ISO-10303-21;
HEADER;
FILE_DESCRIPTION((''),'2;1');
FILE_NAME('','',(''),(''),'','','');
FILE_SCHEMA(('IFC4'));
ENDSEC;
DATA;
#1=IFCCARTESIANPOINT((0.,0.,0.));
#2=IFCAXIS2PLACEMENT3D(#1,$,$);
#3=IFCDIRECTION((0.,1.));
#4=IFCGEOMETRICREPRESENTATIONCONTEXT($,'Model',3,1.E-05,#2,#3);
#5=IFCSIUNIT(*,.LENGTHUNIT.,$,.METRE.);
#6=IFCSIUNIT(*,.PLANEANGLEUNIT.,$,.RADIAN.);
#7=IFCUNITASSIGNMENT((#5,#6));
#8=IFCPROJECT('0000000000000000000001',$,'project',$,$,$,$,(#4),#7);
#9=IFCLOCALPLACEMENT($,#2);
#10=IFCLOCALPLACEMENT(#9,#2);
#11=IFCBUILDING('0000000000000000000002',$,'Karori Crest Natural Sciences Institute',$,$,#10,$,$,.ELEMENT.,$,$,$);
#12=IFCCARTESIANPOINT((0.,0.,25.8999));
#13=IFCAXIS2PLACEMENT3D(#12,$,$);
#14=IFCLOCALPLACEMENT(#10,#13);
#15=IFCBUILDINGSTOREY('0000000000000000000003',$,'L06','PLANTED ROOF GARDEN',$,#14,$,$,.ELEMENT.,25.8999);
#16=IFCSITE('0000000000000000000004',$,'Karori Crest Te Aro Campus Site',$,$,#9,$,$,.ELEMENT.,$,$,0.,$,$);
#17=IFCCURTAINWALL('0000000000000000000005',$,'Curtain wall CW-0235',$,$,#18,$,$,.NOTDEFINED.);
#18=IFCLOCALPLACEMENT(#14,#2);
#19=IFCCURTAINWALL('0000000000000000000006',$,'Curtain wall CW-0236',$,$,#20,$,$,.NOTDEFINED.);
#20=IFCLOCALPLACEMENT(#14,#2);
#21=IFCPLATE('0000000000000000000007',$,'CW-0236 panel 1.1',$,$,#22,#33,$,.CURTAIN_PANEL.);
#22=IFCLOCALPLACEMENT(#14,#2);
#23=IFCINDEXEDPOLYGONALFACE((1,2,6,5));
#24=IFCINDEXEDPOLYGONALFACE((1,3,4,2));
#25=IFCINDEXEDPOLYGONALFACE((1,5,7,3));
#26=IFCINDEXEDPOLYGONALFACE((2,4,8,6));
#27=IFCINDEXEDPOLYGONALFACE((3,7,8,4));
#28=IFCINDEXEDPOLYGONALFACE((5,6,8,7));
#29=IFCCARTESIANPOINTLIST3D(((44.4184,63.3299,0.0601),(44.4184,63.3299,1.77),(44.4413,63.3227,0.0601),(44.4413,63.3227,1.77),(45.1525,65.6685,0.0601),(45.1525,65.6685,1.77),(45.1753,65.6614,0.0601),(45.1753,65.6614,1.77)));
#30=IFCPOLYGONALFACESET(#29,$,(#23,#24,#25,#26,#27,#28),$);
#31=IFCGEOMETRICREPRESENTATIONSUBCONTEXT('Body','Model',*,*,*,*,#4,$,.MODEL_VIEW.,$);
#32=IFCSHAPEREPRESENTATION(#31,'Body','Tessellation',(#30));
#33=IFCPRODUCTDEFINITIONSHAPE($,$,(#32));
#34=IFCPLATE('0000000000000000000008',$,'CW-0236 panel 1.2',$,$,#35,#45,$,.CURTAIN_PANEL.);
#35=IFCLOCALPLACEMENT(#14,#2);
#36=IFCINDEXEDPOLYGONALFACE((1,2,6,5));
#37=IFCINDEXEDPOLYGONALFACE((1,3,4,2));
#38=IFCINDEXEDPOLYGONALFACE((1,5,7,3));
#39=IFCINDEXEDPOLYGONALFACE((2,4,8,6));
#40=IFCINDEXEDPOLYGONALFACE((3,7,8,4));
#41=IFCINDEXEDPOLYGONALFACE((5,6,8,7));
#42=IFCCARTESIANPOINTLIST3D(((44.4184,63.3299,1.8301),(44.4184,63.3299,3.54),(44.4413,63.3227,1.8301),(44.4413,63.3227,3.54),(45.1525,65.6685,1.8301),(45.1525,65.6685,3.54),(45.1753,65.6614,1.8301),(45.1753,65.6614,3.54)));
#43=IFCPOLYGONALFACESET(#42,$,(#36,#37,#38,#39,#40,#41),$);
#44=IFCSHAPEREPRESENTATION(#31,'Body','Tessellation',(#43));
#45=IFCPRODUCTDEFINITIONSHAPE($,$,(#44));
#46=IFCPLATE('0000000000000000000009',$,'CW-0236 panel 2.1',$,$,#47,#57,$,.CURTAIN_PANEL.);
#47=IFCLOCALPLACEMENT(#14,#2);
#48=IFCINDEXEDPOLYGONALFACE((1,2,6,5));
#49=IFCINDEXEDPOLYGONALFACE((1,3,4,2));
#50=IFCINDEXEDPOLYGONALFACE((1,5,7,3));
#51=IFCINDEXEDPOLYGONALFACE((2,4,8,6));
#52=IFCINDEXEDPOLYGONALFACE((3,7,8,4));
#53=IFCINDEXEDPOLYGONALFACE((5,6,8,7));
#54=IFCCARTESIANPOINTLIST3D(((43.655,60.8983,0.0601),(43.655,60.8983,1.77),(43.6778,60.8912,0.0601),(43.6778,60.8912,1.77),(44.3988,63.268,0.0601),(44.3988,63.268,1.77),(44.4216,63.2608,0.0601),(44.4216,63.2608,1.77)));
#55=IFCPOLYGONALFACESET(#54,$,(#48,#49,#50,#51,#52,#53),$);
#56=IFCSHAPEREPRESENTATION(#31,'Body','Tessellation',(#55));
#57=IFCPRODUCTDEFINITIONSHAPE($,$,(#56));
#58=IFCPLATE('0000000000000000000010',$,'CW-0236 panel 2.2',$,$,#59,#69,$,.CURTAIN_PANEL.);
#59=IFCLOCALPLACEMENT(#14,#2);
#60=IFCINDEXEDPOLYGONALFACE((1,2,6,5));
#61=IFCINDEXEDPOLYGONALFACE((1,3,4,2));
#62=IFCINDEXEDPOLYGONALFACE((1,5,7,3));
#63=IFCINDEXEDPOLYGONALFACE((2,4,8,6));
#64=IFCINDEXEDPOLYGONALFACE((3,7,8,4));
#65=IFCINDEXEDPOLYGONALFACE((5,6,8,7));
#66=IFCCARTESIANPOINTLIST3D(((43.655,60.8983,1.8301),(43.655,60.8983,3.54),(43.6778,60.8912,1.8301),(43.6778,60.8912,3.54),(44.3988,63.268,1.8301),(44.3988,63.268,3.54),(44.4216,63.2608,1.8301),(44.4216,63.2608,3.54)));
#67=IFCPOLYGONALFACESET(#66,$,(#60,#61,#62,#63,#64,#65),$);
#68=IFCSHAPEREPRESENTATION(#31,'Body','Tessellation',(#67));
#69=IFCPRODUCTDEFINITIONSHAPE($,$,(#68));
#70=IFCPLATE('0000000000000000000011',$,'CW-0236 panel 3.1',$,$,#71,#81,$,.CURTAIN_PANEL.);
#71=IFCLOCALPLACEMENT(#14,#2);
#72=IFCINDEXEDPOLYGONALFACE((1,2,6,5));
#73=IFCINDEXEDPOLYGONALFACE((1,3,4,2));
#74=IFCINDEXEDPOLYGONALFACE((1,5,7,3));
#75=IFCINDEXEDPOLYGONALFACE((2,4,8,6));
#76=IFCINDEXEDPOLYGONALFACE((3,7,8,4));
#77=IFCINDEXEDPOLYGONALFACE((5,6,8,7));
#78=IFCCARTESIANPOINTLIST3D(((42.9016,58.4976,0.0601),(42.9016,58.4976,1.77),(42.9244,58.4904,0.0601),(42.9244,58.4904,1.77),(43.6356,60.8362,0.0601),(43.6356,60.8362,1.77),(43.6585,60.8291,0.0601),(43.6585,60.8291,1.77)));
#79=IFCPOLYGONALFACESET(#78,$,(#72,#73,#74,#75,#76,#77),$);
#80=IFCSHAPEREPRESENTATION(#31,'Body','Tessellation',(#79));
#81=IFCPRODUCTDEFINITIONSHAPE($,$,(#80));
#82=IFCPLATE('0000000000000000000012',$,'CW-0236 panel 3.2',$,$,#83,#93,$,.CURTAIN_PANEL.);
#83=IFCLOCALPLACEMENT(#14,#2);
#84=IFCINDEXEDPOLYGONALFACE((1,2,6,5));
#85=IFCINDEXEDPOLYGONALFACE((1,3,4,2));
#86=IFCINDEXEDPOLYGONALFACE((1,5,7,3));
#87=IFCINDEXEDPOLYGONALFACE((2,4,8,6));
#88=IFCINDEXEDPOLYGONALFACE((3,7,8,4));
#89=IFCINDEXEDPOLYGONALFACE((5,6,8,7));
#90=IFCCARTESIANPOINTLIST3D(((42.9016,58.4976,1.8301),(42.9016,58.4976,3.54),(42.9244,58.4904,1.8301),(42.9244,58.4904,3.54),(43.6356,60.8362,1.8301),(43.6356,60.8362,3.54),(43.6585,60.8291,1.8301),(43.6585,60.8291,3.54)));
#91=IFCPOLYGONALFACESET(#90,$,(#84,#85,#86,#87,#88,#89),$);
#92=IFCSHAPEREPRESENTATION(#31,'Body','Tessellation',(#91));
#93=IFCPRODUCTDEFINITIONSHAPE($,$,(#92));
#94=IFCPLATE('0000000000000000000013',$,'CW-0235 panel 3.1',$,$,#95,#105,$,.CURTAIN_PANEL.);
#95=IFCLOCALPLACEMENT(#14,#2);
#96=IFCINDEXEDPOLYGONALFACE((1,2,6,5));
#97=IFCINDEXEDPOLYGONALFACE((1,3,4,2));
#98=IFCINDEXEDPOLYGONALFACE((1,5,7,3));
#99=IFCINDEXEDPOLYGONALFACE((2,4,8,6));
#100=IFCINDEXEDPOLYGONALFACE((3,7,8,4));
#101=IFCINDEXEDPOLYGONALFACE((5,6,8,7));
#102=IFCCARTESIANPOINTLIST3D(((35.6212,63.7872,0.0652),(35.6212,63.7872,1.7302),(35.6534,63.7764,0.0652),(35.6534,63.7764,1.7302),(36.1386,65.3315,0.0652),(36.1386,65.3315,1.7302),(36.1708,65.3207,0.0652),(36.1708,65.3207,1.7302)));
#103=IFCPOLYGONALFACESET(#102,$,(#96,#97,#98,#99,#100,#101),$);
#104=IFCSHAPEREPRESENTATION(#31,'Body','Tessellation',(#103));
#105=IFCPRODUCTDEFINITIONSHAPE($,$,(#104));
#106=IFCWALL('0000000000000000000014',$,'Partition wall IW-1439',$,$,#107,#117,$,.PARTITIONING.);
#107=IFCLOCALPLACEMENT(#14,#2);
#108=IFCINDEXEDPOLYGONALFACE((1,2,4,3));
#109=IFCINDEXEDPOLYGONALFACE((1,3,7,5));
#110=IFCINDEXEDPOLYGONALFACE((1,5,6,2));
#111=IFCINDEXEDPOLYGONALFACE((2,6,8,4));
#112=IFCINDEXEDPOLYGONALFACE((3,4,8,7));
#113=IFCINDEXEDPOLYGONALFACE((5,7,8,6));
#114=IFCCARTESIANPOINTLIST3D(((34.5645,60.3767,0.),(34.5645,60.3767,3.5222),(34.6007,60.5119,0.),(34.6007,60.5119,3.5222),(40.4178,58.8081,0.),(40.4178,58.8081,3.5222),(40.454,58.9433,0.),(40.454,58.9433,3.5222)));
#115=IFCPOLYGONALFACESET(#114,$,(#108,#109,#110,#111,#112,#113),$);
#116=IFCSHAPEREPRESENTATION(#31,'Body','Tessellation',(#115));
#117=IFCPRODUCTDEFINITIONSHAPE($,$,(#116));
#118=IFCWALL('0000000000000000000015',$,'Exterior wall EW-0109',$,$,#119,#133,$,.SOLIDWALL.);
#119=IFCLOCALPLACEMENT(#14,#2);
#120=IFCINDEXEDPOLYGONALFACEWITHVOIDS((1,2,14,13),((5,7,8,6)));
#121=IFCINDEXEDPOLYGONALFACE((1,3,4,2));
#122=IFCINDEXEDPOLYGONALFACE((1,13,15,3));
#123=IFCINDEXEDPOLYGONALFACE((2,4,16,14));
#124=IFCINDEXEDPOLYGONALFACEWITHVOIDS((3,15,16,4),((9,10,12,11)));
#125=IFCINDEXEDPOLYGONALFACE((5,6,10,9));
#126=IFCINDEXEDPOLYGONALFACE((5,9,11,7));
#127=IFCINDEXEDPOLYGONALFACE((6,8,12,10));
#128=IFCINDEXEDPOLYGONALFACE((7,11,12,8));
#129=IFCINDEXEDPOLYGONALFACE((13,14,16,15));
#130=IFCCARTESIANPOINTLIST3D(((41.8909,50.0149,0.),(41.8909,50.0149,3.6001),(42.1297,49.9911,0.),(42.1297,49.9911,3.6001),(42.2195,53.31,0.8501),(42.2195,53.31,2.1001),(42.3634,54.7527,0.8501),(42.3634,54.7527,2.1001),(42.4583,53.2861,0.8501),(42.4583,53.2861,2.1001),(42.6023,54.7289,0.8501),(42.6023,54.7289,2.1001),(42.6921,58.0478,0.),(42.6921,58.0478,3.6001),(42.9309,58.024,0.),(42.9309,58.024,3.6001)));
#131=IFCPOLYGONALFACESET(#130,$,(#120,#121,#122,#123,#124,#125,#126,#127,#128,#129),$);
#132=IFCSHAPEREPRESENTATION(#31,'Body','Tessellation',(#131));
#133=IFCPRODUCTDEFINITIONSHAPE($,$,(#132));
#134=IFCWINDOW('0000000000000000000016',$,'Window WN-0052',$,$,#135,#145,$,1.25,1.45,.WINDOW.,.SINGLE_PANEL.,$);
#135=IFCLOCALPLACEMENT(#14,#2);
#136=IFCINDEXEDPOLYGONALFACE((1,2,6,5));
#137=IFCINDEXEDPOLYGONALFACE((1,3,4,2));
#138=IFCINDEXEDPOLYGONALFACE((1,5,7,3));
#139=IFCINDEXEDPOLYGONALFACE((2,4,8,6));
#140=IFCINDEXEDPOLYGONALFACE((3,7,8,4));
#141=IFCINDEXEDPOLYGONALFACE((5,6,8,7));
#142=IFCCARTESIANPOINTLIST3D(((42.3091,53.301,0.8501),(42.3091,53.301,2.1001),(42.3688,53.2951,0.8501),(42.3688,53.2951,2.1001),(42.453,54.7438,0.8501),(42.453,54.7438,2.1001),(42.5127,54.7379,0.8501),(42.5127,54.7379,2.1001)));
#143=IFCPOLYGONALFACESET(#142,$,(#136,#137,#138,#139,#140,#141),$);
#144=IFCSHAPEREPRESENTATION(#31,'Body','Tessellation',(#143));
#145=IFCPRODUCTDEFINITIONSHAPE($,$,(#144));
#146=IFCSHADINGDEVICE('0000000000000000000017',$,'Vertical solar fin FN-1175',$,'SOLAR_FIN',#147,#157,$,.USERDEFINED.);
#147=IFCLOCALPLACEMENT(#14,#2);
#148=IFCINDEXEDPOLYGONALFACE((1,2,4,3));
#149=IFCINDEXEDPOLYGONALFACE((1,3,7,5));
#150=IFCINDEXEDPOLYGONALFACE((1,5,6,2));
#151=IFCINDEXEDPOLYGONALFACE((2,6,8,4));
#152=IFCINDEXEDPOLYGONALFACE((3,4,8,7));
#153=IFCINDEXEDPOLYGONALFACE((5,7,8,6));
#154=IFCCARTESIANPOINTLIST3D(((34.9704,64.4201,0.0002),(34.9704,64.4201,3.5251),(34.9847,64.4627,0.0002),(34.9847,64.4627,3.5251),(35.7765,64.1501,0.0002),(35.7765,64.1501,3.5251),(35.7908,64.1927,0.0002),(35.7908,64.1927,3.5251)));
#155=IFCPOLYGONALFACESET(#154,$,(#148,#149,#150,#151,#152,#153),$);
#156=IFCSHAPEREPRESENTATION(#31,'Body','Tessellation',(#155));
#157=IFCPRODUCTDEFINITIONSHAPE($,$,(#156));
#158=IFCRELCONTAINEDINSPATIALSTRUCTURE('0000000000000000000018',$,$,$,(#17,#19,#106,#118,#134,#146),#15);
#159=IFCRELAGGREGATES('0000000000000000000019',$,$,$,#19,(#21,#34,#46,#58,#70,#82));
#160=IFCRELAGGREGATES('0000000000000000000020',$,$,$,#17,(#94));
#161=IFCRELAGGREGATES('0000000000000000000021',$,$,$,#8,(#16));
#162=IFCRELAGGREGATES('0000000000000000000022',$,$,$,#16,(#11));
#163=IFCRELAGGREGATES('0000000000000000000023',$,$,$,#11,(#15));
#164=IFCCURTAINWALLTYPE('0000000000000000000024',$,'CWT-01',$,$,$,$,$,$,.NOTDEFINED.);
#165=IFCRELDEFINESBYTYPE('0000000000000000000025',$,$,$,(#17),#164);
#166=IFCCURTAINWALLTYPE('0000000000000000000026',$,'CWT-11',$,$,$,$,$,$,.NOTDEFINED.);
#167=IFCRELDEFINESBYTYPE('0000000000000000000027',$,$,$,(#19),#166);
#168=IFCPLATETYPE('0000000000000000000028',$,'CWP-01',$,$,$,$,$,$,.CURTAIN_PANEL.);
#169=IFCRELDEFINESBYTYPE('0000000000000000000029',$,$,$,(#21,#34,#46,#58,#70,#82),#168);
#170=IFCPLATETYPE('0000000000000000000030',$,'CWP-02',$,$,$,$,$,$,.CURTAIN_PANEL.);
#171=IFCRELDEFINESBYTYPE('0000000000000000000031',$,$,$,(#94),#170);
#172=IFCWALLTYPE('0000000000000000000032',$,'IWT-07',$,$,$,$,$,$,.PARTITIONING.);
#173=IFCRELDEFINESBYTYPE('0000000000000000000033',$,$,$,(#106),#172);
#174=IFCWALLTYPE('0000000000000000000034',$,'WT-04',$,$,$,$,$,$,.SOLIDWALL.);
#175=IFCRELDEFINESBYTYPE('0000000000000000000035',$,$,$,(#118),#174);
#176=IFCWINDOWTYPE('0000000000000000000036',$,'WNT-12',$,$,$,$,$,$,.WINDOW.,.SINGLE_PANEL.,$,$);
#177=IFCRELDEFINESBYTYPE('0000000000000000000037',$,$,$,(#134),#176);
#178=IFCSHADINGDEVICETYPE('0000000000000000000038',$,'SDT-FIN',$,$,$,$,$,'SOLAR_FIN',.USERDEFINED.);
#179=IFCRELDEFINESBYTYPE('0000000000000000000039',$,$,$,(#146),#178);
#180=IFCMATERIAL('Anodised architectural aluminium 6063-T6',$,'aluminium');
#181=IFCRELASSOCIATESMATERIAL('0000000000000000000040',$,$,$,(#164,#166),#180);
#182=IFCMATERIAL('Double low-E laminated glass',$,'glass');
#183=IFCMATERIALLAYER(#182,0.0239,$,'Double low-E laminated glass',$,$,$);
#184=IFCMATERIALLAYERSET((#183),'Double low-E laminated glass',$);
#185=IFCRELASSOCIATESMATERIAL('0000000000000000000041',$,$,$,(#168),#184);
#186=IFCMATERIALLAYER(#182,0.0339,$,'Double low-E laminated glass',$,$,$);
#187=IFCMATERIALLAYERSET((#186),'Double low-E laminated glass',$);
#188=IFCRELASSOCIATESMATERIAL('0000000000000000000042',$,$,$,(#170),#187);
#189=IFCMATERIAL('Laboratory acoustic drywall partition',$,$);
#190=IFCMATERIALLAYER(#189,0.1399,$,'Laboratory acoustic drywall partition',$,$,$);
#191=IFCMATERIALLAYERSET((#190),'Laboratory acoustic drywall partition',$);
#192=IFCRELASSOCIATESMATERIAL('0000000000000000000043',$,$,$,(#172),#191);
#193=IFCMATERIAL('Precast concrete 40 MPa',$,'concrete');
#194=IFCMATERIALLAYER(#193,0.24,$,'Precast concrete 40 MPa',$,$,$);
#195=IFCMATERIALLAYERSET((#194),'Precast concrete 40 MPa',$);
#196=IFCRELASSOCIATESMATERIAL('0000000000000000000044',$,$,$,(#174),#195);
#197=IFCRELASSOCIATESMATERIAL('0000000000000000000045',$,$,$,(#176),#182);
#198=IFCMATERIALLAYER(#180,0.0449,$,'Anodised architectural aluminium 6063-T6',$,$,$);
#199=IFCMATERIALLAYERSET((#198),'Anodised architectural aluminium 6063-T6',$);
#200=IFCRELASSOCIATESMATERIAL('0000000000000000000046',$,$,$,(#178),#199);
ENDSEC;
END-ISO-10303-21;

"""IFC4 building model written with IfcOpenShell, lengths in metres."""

from ifc_helpers import new_model, si_unit, direction, frame, frame_2d, origin, origin_2d, place, context, subcontext, project, spatial, rectangle, extrude, material, layer, layer_set, type_object, element, fill, aggregate, save


model = new_model("IFC4")

# Units and contexts
model_context = context("Model", 3, precision=1e-05, world=origin(), true_north=direction((0.0, 1.0)))
body_context = subcontext(model_context, "Body", "Model", "MODEL_VIEW")
ifc_project = project(units=[si_unit("LENGTHUNIT", "METRE"), si_unit("PLANEANGLEUNIT", "RADIAN")], contexts=[model_context])

# Site, building, storey
site_placement = place(None, origin())
site = spatial("IfcSite", under=ifc_project, at=site_placement, Name="Karori Crest Te Aro Campus Site", CompositionType="ELEMENT", RefElevation=0.0)
building_placement = place(site_placement, origin())
building = spatial("IfcBuilding", under=site, at=building_placement, Name="Karori Crest Natural Sciences Institute", CompositionType="ELEMENT")
storey_placement = place(building_placement, frame((0.0, 0.0, 25.8999)))
storey = spatial("IfcBuildingStorey", under=building, at=storey_placement, Name="L06", Description="PLANTED ROOF GARDEN", CompositionType="ELEMENT", Elevation=25.8999)

# Curtain wall
ifc_material_1 = material(Name="Anodised architectural aluminium 6063-T6", Category="aluminium")
curtain_wall_type_1 = type_object("IfcCurtainWallType", Name="CWT-01", PredefinedType="NOTDEFINED", material=ifc_material_1)
curtain_wall_1_placement = place(storey_placement, origin())
curtain_wall_1 = element("IfcCurtainWall", 1, at=curtain_wall_1_placement, inside=storey, type_object=curtain_wall_type_1, Name="Curtain wall CW-0235", PredefinedType="NOTDEFINED")

# Curtain wall
curtain_wall_type_2 = type_object("IfcCurtainWallType", Name="CWT-11", PredefinedType="NOTDEFINED", material=ifc_material_1)
curtain_wall_2_placement = place(storey_placement, origin())
curtain_wall_2 = element("IfcCurtainWall", 2, at=curtain_wall_2_placement, inside=storey, type_object=curtain_wall_type_2, Name="Curtain wall CW-0236", PredefinedType="NOTDEFINED")

# Plates
ifc_material_2 = material(Name="Double low-E laminated glass", Category="glass")
ifc_layer_1 = layer(ifc_material_2, 0.0239, Name="Double low-E laminated glass")
ifc_layer_set_1 = layer_set([ifc_layer_1], Name="Double low-E laminated glass")
plate_type_1 = type_object("IfcPlateType", Name="CWP-01", PredefinedType="CURTAIN_PANEL", material=ifc_layer_set_1)
plate_1_placement = place(storey_placement, frame((44.7969, 64.4956, 0.0601), z_axis=(0.0, 0.0, 1.0), x_axis=(-0.299475, -0.954104, 0.0)))
plate_1 = element("IfcPlate", 3, at=plate_1_placement, type_object=plate_type_1, Name="CW-0236 panel 1.1", PredefinedType="CURTAIN_PANEL", context=body_context, shape_type="SweptSolid", body=[
    extrude(rectangle(XDim=2.4512, YDim=0.0239, at=origin_2d()), origin(), (0.0, 0.0, 1.0), 1.71),
])
plate_2_placement = place(storey_placement, frame((44.7969, 64.4956, 1.8301), z_axis=(0.0, 0.0, 1.0), x_axis=(-0.299475, -0.954104, 0.0)))
plate_2 = element("IfcPlate", 4, at=plate_2_placement, type_object=plate_type_1, Name="CW-0236 panel 1.2", PredefinedType="CURTAIN_PANEL", context=body_context, shape_type="SweptSolid", body=[
    extrude(rectangle(XDim=2.4512, YDim=0.0239, at=origin_2d()), origin(), (0.0, 0.0, 1.0), 1.71),
])
plate_3_placement = place(storey_placement, frame((44.0383, 62.0796, 0.0601), z_axis=(0.0, 0.0, 1.0), x_axis=(-0.299475, -0.954104, 0.0)))
plate_3 = element("IfcPlate", 5, at=plate_3_placement, type_object=plate_type_1, Name="CW-0236 panel 2.1", PredefinedType="CURTAIN_PANEL", context=body_context, shape_type="SweptSolid", body=[
    extrude(rectangle(XDim=2.4836, YDim=0.0239, at=origin_2d()), origin(), (0.0, 0.0, 1.0), 1.71),
])
plate_4_placement = place(storey_placement, frame((44.0383, 62.0796, 1.8301), z_axis=(0.0, 0.0, 1.0), x_axis=(-0.299475, -0.954104, 0.0)))
plate_4 = element("IfcPlate", 6, at=plate_4_placement, type_object=plate_type_1, Name="CW-0236 panel 2.2", PredefinedType="CURTAIN_PANEL", context=body_context, shape_type="SweptSolid", body=[
    extrude(rectangle(XDim=2.4836, YDim=0.0239, at=origin_2d()), origin(), (0.0, 0.0, 1.0), 1.71),
])
plate_5_placement = place(storey_placement, frame((43.28, 59.6633, 0.0601), z_axis=(0.0, 0.0, 1.0), x_axis=(-0.299475, -0.954104, 0.0)))
plate_5 = element("IfcPlate", 7, at=plate_5_placement, type_object=plate_type_1, Name="CW-0236 panel 3.1", PredefinedType="CURTAIN_PANEL", context=body_context, shape_type="SweptSolid", body=[
    extrude(rectangle(XDim=2.4512, YDim=0.0239, at=origin_2d()), origin(), (0.0, 0.0, 1.0), 1.71),
])
plate_6_placement = place(storey_placement, frame((43.28, 59.6633, 1.8301), z_axis=(0.0, 0.0, 1.0), x_axis=(-0.299475, -0.954104, 0.0)))
plate_6 = element("IfcPlate", 8, at=plate_6_placement, type_object=plate_type_1, Name="CW-0236 panel 3.2", PredefinedType="CURTAIN_PANEL", context=body_context, shape_type="SweptSolid", body=[
    extrude(rectangle(XDim=2.4512, YDim=0.0239, at=origin_2d()), origin(), (0.0, 0.0, 1.0), 1.71),
])
aggregate(curtain_wall_2, [plate_1, plate_2, plate_3, plate_4, plate_5, plate_6])
ifc_layer_2 = layer(ifc_material_2, 0.0339, Name="Double low-E laminated glass")
ifc_layer_set_2 = layer_set([ifc_layer_2], Name="Double low-E laminated glass")
plate_type_2 = type_object("IfcPlateType", Name="CWP-02", PredefinedType="CURTAIN_PANEL", material=ifc_layer_set_2)
plate_7_placement = place(storey_placement, frame((35.896, 64.554, 0.0652), z_axis=(0.0, 0.0, 1.0), x_axis=(0.31768, 0.948198, 0.0)))
plate_7 = element("IfcPlate", 9, at=plate_7_placement, type_object=plate_type_2, Name="CW-0235 panel 3.1", PredefinedType="CURTAIN_PANEL", context=body_context, shape_type="SweptSolid", body=[
    extrude(rectangle(XDim=1.6287, YDim=0.0339, at=origin_2d()), origin(), (0.0, 0.0, 1.0), 1.665),
])
aggregate(curtain_wall_1, [plate_7])

# Wall
ifc_material_3 = material(Name="Laboratory acoustic drywall partition")
ifc_layer_3 = layer(ifc_material_3, 0.1399, Name="Laboratory acoustic drywall partition")
ifc_layer_set_3 = layer_set([ifc_layer_3], Name="Laboratory acoustic drywall partition")
wall_type_1 = type_object("IfcWallType", Name="IWT-07", PredefinedType="PARTITIONING", material=ifc_layer_set_3)
wall_1_placement = place(storey_placement, frame((40.4358, 58.8757, 0.0), z_axis=(0.0, 0.0, 1.0), x_axis=(-0.965917, 0.258854, 0.0)))
element("IfcWall", 10, at=wall_1_placement, inside=storey, type_object=wall_type_1, Name="Partition wall IW-1439", PredefinedType="PARTITIONING", context=body_context, shape_type="SweptSolid", body=[
    extrude(rectangle(XDim=6.0598, YDim=0.1399, at=frame_2d((3.0298, 0.0))), origin(), (0.0, 0.0, 1.0), 3.5222),
])

# Wall, opening, window
ifc_material_4 = material(Name="Precast concrete 40 MPa", Category="concrete")
ifc_layer_4 = layer(ifc_material_4, 0.24, Name="Precast concrete 40 MPa")
ifc_layer_set_4 = layer_set([ifc_layer_4], Name="Precast concrete 40 MPa")
wall_type_2 = type_object("IfcWallType", Name="WT-04", PredefinedType="SOLIDWALL", material=ifc_layer_set_4)
wall_2_placement = place(storey_placement, frame((42.8115, 58.0359, 0.0), z_axis=(0.0, 0.0, 1.0), x_axis=(-0.099255, -0.995062, 0.0)))
wall_2 = element("IfcWall", 11, at=wall_2_placement, inside=storey, type_object=wall_type_2, Name="Exterior wall EW-0109", PredefinedType="SOLIDWALL", context=body_context, shape_type="SweptSolid", body=[
    extrude(rectangle(XDim=8.0728, YDim=0.24, at=frame_2d((4.0364, 0.0))), origin(), (0.0, 0.0, 1.0), 3.6001),
])
opening_placement = place(wall_2_placement, frame((3.3113, 0.0, 0.8501)))
opening = element("IfcOpeningElement", 12, at=opening_placement, cuts=wall_2, PredefinedType="OPENING", context=body_context, shape_type="SweptSolid", body=[
    extrude(rectangle(XDim=1.45, YDim=1.25, at=frame_2d((0.7251, 0.625))), frame((0.0, 0.1299, 0.0), z_axis=(0.0, -1.0, 0.0), x_axis=(1.0, 0.0, 0.0)), (0.0, 0.0, 1.0), 0.26),
])
window_type = type_object("IfcWindowType", Name="WNT-12", PartitioningType="SINGLE_PANEL", PredefinedType="WINDOW", material=ifc_material_2)
window_placement = place(opening_placement, origin())
window = element("IfcWindow", 13, at=window_placement, inside=storey, type_object=window_type, Name="Window WN-0052", OverallHeight=1.25, OverallWidth=1.45, PartitioningType="SINGLE_PANEL", PredefinedType="WINDOW", context=body_context, shape_type="SweptSolid", body=[
    extrude(rectangle(XDim=1.45, YDim=1.25, at=frame_2d((0.7251, 0.625))), frame((0.0, 0.03, 0.0), z_axis=(0.0, -1.0, 0.0), x_axis=(1.0, 0.0, 0.0)), (0.0, 0.0, 1.0), 0.0601),
])
fill(opening, window)

# Shading device
ifc_layer_5 = layer(ifc_material_1, 0.0449, Name="Anodised architectural aluminium 6063-T6")
ifc_layer_set_5 = layer_set([ifc_layer_5], Name="Anodised architectural aluminium 6063-T6")
shading_device_type = type_object("IfcShadingDeviceType", Name="SDT-FIN", ElementType="SOLAR_FIN", PredefinedType="USERDEFINED", material=ifc_layer_set_5)
shading_device_placement = place(storey_placement, frame((35.3806, 64.3064, 0.0002), z_axis=(0.0, 0.0, 1.0), x_axis=(-0.948198, 0.31768, 0.0)))
element("IfcShadingDevice", 14, at=shading_device_placement, inside=storey, type_object=shading_device_type, Name="Vertical solar fin FN-1175", ObjectType="SOLAR_FIN", PredefinedType="USERDEFINED", context=body_context, shape_type="SweptSolid", body=[
    extrude(rectangle(XDim=0.8501, YDim=0.0449, at=origin_2d()), origin(), (0.0, 0.0, 1.0), 3.5249),
])

save(model, "model.ifc")
